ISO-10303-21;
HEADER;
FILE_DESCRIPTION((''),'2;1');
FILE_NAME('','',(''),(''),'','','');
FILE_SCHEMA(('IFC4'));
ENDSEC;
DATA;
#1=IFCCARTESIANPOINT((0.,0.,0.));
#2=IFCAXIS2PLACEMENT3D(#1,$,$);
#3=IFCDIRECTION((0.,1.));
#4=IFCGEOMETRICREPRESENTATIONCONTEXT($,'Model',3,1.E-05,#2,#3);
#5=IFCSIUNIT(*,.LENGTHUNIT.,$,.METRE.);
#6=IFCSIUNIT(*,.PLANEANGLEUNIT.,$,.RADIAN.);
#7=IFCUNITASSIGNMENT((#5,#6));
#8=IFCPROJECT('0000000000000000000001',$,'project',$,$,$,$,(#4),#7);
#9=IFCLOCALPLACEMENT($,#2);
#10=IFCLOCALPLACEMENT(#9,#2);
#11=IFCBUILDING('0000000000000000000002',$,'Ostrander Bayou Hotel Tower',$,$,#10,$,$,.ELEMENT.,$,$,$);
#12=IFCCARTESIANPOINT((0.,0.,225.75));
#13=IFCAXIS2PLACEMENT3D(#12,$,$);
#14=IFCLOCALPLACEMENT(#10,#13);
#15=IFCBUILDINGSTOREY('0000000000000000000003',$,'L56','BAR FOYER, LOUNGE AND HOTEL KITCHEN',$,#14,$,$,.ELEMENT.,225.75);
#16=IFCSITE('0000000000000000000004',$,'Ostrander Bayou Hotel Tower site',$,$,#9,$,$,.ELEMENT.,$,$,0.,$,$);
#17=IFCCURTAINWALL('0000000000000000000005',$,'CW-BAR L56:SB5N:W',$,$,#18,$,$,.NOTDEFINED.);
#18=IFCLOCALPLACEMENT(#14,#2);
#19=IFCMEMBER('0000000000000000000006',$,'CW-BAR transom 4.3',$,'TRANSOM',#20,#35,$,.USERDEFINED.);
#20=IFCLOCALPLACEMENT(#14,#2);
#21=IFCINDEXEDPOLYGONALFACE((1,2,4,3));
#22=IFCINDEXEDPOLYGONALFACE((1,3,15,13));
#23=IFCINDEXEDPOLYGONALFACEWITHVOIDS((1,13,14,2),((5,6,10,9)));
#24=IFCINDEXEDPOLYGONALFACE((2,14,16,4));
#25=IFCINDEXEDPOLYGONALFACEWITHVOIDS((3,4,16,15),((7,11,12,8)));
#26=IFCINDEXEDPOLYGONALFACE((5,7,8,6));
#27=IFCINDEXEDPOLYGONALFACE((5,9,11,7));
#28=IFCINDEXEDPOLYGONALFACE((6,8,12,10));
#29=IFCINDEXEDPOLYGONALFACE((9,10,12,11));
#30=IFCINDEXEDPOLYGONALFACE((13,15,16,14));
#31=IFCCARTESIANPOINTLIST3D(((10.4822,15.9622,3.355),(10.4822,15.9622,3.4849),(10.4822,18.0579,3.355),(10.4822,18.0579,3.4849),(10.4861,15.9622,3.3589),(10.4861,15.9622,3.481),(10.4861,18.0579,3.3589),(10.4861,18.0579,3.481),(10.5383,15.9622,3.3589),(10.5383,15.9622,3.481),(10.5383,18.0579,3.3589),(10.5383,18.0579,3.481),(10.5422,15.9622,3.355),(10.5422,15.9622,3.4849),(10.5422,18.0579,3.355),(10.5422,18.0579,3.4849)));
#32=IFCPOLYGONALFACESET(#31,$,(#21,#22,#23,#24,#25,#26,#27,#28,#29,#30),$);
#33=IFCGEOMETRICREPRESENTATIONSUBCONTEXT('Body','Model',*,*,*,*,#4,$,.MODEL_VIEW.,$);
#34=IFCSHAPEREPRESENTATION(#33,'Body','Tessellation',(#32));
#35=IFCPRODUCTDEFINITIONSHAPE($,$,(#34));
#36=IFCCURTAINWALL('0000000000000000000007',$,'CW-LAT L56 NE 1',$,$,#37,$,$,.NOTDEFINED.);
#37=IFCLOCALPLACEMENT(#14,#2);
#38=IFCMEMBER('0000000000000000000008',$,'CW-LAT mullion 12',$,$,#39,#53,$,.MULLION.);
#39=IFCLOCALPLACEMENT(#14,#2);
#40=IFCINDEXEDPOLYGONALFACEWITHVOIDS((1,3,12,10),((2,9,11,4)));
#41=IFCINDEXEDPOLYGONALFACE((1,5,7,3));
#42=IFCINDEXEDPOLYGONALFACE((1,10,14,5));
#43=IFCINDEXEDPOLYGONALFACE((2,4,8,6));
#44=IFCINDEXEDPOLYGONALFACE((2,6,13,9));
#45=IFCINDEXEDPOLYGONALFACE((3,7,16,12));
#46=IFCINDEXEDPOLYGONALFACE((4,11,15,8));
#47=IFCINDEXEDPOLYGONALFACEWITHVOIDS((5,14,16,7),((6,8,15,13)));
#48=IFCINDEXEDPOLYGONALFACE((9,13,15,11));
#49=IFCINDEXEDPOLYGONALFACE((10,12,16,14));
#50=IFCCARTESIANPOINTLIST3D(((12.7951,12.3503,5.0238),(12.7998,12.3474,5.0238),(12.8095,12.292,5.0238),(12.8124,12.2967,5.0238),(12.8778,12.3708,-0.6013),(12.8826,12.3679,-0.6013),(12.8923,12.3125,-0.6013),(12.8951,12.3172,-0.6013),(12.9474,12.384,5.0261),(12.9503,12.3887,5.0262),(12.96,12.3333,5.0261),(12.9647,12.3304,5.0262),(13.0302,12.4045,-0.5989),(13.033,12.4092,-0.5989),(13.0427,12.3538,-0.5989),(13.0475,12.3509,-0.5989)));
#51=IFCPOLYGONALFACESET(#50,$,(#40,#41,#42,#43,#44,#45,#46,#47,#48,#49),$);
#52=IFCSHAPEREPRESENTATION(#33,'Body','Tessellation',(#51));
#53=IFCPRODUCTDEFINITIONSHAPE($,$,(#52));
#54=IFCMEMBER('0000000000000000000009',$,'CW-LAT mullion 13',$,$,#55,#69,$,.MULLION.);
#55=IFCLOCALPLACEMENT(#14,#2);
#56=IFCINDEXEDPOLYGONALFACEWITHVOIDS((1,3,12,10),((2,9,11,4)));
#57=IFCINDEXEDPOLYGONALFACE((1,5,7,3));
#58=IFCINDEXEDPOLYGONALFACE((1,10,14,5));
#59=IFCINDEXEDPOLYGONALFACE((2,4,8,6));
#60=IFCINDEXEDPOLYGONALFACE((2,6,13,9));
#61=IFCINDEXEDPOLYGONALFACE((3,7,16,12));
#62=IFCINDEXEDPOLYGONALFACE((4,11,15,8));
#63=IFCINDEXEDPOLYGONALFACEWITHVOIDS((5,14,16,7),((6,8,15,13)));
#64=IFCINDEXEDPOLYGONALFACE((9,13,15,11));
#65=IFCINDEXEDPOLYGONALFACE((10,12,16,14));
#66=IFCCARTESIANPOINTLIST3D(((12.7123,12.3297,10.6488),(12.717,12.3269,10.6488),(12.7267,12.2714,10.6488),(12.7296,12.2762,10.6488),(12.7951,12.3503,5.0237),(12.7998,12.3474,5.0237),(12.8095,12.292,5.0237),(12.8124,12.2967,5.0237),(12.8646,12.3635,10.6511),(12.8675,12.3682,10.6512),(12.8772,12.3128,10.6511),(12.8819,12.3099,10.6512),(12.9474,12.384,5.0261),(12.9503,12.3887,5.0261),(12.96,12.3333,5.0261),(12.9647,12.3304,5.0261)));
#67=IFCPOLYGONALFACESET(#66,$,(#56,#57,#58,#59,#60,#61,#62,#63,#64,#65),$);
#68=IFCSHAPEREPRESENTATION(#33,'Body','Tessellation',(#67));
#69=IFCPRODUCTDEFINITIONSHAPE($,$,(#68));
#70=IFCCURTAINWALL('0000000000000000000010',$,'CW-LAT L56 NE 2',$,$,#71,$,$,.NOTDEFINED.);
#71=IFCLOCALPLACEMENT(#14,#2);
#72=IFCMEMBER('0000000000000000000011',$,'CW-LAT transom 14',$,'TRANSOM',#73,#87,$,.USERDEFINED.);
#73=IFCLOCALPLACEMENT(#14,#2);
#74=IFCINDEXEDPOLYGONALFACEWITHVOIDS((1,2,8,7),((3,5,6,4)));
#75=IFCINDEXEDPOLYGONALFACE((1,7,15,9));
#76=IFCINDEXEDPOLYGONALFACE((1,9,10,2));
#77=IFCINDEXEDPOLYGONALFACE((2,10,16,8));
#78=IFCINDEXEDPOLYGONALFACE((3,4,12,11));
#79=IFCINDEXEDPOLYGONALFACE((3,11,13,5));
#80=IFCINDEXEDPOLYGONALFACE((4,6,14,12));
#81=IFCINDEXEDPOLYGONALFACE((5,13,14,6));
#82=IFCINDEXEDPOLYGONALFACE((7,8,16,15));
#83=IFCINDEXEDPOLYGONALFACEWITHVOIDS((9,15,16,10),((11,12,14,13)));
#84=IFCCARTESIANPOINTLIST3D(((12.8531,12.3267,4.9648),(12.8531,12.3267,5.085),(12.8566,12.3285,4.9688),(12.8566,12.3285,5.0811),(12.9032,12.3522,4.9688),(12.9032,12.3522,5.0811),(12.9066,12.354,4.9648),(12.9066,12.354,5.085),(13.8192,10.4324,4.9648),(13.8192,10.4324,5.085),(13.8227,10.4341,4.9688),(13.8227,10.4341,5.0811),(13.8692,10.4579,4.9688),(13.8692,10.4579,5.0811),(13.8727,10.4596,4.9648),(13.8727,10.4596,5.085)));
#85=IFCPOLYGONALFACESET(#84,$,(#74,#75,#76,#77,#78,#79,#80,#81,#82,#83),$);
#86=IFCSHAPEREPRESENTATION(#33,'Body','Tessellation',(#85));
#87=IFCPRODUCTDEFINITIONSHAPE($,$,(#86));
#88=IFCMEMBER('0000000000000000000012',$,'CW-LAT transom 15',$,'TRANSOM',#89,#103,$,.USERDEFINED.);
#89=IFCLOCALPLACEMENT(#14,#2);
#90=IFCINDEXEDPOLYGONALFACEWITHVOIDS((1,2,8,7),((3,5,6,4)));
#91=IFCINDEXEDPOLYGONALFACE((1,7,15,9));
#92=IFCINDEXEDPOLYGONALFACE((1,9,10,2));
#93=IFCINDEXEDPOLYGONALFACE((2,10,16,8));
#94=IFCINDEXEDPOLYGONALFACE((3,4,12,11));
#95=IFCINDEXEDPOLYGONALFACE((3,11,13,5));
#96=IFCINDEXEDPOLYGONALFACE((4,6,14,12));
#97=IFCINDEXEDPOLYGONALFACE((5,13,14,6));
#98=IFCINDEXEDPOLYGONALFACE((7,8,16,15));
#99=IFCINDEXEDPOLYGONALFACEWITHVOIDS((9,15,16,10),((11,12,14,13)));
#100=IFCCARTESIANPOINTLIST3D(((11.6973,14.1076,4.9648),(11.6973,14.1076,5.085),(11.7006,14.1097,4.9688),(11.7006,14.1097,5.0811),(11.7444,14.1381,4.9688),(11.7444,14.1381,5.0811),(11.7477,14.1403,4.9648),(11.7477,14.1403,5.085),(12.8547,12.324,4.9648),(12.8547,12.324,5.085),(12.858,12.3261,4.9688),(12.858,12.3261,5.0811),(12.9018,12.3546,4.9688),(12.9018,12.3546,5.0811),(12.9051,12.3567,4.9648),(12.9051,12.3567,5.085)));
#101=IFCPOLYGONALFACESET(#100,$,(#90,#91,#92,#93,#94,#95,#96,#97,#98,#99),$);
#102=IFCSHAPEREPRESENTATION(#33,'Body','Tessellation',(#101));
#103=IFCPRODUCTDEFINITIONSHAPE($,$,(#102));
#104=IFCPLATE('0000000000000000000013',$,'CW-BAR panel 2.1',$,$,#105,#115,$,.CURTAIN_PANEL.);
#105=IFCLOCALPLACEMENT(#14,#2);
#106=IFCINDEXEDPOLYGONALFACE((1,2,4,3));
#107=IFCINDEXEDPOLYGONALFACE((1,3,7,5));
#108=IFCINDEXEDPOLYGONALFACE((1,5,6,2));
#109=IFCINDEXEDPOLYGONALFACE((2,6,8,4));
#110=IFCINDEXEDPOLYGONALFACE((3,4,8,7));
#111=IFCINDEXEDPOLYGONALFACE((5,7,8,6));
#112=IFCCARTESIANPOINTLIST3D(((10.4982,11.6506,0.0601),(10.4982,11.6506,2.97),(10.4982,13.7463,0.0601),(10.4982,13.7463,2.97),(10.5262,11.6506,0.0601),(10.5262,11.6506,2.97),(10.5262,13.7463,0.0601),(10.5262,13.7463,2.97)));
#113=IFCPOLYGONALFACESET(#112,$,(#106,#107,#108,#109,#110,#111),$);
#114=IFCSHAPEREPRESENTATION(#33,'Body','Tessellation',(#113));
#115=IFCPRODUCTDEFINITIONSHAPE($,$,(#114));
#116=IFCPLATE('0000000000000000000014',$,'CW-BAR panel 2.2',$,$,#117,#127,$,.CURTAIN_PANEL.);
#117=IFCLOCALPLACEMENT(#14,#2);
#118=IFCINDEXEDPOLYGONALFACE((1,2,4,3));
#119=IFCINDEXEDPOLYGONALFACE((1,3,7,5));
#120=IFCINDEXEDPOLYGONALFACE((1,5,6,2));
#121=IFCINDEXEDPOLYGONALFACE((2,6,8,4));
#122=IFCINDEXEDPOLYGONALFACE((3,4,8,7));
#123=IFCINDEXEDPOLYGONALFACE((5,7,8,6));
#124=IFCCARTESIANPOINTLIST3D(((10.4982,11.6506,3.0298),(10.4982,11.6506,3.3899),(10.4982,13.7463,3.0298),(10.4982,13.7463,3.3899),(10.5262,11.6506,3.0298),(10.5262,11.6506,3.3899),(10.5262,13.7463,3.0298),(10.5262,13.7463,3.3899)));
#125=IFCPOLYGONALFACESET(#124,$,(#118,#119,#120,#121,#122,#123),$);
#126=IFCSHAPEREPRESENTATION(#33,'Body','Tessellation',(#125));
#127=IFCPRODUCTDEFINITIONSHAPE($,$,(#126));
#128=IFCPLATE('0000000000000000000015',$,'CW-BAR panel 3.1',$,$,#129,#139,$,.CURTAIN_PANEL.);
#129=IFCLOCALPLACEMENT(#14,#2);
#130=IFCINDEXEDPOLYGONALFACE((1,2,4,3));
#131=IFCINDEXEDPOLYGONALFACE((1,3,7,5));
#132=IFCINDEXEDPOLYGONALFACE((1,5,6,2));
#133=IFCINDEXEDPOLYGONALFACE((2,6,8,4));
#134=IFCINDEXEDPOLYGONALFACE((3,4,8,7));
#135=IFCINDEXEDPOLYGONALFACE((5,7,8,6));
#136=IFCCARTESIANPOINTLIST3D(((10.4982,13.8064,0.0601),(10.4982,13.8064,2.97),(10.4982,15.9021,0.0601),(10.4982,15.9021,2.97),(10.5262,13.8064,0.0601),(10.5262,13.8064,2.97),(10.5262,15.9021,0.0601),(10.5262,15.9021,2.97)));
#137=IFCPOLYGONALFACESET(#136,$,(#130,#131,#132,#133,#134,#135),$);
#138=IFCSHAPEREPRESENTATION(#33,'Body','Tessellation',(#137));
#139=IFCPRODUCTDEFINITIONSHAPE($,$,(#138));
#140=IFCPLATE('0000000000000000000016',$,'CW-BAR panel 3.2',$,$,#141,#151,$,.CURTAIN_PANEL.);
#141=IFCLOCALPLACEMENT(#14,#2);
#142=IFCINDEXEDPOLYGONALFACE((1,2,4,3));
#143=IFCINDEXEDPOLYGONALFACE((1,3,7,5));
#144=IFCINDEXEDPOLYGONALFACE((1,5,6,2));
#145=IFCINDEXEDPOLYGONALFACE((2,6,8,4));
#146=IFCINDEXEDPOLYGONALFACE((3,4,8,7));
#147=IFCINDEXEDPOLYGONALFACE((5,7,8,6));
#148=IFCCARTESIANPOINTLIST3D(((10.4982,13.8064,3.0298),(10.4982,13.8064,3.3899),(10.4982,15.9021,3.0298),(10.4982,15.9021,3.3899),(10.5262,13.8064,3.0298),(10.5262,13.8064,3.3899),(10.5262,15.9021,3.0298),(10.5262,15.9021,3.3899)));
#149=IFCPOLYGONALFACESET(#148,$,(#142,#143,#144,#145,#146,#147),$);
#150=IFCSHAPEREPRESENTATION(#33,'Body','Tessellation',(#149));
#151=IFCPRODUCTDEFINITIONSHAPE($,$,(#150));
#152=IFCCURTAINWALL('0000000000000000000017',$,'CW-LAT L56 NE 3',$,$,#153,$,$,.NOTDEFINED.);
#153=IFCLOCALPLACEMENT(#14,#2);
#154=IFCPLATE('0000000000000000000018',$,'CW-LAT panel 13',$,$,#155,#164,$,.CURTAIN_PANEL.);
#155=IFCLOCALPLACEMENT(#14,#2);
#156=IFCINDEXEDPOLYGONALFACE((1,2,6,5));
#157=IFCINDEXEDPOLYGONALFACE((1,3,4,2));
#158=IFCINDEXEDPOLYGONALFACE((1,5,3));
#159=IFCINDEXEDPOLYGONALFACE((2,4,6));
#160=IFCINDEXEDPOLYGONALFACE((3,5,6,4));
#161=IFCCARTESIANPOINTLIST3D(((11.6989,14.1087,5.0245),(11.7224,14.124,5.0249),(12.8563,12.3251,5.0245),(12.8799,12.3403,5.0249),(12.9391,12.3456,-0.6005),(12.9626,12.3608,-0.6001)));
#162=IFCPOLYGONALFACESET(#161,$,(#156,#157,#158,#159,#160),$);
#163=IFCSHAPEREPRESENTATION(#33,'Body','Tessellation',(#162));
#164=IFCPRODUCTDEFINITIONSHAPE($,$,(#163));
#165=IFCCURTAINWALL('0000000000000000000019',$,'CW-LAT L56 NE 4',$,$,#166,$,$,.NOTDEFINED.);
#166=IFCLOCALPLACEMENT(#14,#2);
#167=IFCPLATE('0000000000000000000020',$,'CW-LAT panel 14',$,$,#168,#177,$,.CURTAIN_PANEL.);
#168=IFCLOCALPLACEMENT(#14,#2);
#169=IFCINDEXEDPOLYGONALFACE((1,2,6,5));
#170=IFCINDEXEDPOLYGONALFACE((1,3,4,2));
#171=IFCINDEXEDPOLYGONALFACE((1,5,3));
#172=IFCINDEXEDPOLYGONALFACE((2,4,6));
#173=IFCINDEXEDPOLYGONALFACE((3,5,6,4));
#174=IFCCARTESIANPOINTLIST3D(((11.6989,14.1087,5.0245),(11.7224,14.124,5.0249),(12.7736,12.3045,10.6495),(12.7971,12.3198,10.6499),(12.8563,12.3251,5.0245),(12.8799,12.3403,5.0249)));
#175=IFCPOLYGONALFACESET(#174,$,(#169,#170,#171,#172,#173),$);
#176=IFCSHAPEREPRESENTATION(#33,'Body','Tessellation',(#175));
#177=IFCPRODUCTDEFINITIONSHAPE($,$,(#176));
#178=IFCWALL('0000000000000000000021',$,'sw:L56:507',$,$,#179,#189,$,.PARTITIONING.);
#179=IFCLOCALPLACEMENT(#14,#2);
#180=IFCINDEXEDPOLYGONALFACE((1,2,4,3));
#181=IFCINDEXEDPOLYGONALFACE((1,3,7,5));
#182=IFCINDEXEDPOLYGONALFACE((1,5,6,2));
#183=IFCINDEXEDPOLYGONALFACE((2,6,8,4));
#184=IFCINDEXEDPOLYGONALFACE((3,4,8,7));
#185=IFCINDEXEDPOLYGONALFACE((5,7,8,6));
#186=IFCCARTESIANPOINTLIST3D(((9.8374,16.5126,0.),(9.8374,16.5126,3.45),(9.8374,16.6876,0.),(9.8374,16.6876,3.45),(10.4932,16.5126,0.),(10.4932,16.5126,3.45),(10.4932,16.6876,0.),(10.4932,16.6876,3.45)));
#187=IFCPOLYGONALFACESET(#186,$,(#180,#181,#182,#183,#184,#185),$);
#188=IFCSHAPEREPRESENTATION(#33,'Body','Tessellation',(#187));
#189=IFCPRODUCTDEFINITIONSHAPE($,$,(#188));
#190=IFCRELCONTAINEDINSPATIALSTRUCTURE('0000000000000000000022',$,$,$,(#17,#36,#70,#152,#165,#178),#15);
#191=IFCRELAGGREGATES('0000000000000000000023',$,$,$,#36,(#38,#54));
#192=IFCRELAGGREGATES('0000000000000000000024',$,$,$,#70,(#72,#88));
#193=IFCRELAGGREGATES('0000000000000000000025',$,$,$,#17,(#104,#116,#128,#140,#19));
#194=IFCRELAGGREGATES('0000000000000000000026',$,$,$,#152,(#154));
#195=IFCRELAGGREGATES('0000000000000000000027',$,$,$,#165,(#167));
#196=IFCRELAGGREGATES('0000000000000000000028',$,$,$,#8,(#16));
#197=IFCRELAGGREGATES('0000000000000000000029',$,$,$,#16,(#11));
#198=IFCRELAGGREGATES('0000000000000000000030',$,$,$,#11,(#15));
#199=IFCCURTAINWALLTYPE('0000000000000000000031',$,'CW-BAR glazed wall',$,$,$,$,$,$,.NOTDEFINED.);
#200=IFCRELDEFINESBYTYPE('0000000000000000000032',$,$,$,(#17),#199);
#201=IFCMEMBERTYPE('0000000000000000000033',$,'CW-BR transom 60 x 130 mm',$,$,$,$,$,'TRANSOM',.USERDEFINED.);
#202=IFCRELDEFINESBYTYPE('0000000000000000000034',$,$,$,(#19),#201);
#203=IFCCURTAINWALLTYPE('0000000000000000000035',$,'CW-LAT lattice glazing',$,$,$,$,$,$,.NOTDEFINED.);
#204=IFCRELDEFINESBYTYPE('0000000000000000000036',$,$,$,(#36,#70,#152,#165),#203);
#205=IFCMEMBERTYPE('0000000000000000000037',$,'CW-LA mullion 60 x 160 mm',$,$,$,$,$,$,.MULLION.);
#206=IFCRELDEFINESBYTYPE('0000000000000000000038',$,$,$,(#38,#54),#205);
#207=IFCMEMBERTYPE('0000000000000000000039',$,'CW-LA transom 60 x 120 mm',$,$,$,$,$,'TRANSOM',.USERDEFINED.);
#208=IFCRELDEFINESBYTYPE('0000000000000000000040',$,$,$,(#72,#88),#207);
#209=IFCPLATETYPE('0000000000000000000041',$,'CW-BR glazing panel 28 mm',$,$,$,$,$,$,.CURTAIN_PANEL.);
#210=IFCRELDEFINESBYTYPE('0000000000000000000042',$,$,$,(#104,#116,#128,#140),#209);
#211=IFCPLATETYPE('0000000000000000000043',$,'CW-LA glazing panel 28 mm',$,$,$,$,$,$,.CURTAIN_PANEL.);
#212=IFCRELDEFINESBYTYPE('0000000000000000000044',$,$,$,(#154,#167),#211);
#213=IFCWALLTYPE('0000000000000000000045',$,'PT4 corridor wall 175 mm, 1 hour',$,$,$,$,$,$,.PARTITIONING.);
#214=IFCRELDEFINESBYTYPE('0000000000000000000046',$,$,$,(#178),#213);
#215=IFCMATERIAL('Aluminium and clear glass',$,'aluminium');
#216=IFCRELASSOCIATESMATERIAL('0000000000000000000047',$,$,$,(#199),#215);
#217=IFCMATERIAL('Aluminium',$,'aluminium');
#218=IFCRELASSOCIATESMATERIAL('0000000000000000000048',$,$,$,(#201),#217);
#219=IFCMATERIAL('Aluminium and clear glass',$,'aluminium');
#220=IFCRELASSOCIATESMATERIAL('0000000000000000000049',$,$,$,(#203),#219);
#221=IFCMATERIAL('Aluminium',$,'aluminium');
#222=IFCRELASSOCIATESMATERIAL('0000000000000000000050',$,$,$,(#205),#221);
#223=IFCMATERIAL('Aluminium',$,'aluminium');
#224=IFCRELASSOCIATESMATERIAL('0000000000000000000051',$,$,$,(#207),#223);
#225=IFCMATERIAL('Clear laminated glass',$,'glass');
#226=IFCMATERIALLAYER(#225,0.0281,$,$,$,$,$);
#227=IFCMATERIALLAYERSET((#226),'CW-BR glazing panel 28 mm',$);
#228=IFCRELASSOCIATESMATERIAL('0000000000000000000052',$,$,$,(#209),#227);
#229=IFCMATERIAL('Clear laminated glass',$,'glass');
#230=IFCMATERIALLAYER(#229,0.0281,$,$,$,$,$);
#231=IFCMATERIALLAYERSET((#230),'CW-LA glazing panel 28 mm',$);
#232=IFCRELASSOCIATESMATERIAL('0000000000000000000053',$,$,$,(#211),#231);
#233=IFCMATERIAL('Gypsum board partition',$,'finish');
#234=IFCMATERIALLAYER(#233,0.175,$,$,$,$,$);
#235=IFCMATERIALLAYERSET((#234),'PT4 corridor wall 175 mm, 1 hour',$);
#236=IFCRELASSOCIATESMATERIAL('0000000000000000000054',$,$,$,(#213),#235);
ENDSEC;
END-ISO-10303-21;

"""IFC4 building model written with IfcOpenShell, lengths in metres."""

from ifc_helpers import new_model, si_unit, direction, frame, frame_2d, origin, origin_2d, place, context, subcontext, project, spatial, polyline, rectangle, hollow_rectangle, outline, extrude, material, layer, layer_set, material_profile, profile_set, type_object, element, aggregate, save


model = new_model("IFC4")

# Units and contexts
model_context = context("Model", 3, precision=1e-05, world=origin(), true_north=direction((0.0, 1.0)))
body_context = subcontext(model_context, "Body", "Model", "MODEL_VIEW")
ifc_project = project(units=[si_unit("LENGTHUNIT", "METRE"), si_unit("PLANEANGLEUNIT", "RADIAN")], contexts=[model_context])

# Site, building, storey
site_placement = place(None, origin())
site = spatial("IfcSite", under=ifc_project, at=site_placement, Name="Ostrander Bayou Hotel Tower site", CompositionType="ELEMENT", RefElevation=0.0)
building_placement = place(site_placement, origin())
building = spatial("IfcBuilding", under=site, at=building_placement, Name="Ostrander Bayou Hotel Tower", CompositionType="ELEMENT")
storey_placement = place(building_placement, frame((0.0, 0.0, 225.75)))
storey = spatial("IfcBuildingStorey", under=building, at=storey_placement, Name="L56", Description="BAR FOYER, LOUNGE AND HOTEL KITCHEN", CompositionType="ELEMENT", Elevation=225.75)

# Curtain walls, members
ifc_material_1 = material(Name="Aluminium and clear glass", Category="aluminium")
curtain_wall_type_1 = type_object("IfcCurtainWallType", Name="CW-BAR glazed wall", PredefinedType="NOTDEFINED", material=ifc_material_1)
curtain_wall_1_placement = place(storey_placement, origin())
curtain_wall_1 = element("IfcCurtainWall", 1, at=curtain_wall_1_placement, inside=storey, type_object=curtain_wall_type_1, Name="CW-BAR L56:SB5N:W", PredefinedType="NOTDEFINED")
ifc_material_2 = material(Name="Aluminium", Category="aluminium")
ifc_material_profile_1 = material_profile(ifc_material_2, hollow_rectangle(XDim=0.0601, YDim=0.1299, WallThickness=0.0039, at=origin_2d()))
ifc_profile_set_1 = profile_set([ifc_material_profile_1], Name="Aluminium")
member_type_1 = type_object("IfcMemberType", Name="CW-BR transom 60 x 130 mm", ElementType="TRANSOM", PredefinedType="USERDEFINED", material=ifc_profile_set_1)
member_1_placement = place(storey_placement, frame((10.5122, 15.9622, 3.4199), z_axis=(0.0, 1.0, 0.0), x_axis=(-1.0, 0.0, 0.0)))
member_1 = element("IfcMember", 2, at=member_1_placement, type_object=member_type_1, Name="CW-BAR transom 4.3", ObjectType="TRANSOM", PredefinedType="USERDEFINED", context=body_context, shape_type="SweptSolid", body=[
    extrude(hollow_rectangle(XDim=0.0601, YDim=0.1299, WallThickness=0.0039, at=origin_2d()), origin(), (0.0, 0.0, 1.0), 2.0957),
])
ifc_material_3 = material(Name="Aluminium and clear glass", Category="aluminium")
curtain_wall_type_2 = type_object("IfcCurtainWallType", Name="CW-LAT lattice glazing", PredefinedType="NOTDEFINED", material=ifc_material_3)
curtain_wall_2_placement = place(storey_placement, origin())
curtain_wall_2 = element("IfcCurtainWall", 3, at=curtain_wall_2_placement, inside=storey, type_object=curtain_wall_type_2, Name="CW-LAT L56 NE 1", PredefinedType="NOTDEFINED")
ifc_material_4 = material(Name="Aluminium", Category="aluminium")
ifc_material_profile_2 = material_profile(ifc_material_4, hollow_rectangle(XDim=0.0601, YDim=0.1599, WallThickness=0.0039, at=origin_2d()))
ifc_profile_set_2 = profile_set([ifc_material_profile_2], Name="Aluminium")
member_type_2 = type_object("IfcMemberType", Name="CW-LA mullion 60 x 160 mm", PredefinedType="MULLION", material=ifc_profile_set_2)
member_2_placement = place(storey_placement, frame((12.9626, 12.3608, -0.6001), z_axis=(-0.014712, -0.003645, 0.999885), x_axis=(0.240514, -0.970646, 0.0)))
member_2 = element("IfcMember", 4, at=member_2_placement, type_object=member_type_2, Name="CW-LAT mullion 12", PredefinedType="MULLION", context=body_context, shape_type="SweptSolid", body=[
    extrude(hollow_rectangle(XDim=0.0601, YDim=0.1599, WallThickness=0.0039, at=origin_2d()), origin(), (0.0, 0.0, 1.0), 5.6257),
])
member_3_placement = place(storey_placement, frame((12.8799, 12.3403, 5.0249), z_axis=(-0.014712, -0.003645, 0.999885), x_axis=(0.240514, -0.970646, 0.0)))
member_3 = element("IfcMember", 5, at=member_3_placement, type_object=member_type_2, Name="CW-LAT mullion 13", PredefinedType="MULLION", context=body_context, shape_type="SweptSolid", body=[
    extrude(hollow_rectangle(XDim=0.0601, YDim=0.1599, WallThickness=0.0039, at=origin_2d()), origin(), (0.0, 0.0, 1.0), 5.6257),
])
aggregate(curtain_wall_2, [member_2, member_3])
curtain_wall_3_placement = place(storey_placement, origin())
curtain_wall_3 = element("IfcCurtainWall", 6, at=curtain_wall_3_placement, inside=storey, type_object=curtain_wall_type_2, Name="CW-LAT L56 NE 2", PredefinedType="NOTDEFINED")
ifc_material_5 = material(Name="Aluminium", Category="aluminium")
ifc_material_profile_3 = material_profile(ifc_material_5, hollow_rectangle(XDim=0.0601, YDim=0.1201, WallThickness=0.0039, at=origin_2d()))
ifc_profile_set_3 = profile_set([ifc_material_profile_3], Name="Aluminium")
member_type_3 = type_object("IfcMemberType", Name="CW-LA transom 60 x 120 mm", ElementType="TRANSOM", PredefinedType="USERDEFINED", material=ifc_profile_set_3)
member_4_placement = place(storey_placement, frame((12.8799, 12.3403, 5.0249), z_axis=(0.454318, -0.89084, 0.0), x_axis=(0.89084, 0.454318, 0.0)))
member_4 = element("IfcMember", 7, at=member_4_placement, type_object=member_type_3, Name="CW-LAT transom 14", ObjectType="TRANSOM", PredefinedType="USERDEFINED", context=body_context, shape_type="SweptSolid", body=[
    extrude(hollow_rectangle(XDim=0.0601, YDim=0.1201, WallThickness=0.0039, at=origin_2d()), origin(), (0.0, 0.0, 1.0), 2.1265),
])
member_5_placement = place(storey_placement, frame((12.8799, 12.3403, 5.0249), z_axis=(-0.544351, 0.838858, 0.0), x_axis=(-0.838858, -0.544351, 0.0)))
member_5 = element("IfcMember", 8, at=member_5_placement, type_object=member_type_3, Name="CW-LAT transom 15", ObjectType="TRANSOM", PredefinedType="USERDEFINED", context=body_context, shape_type="SweptSolid", body=[
    extrude(hollow_rectangle(XDim=0.0601, YDim=0.1201, WallThickness=0.0039, at=origin_2d()), origin(), (0.0, 0.0, 1.0), 2.1262),
])
aggregate(curtain_wall_3, [member_4, member_5])

# Plates
ifc_material_6 = material(Name="Clear laminated glass", Category="glass")
ifc_layer_1 = layer(ifc_material_6, 0.0281)
ifc_layer_set_1 = layer_set([ifc_layer_1], Name="CW-BR glazing panel 28 mm")
plate_type_1 = type_object("IfcPlateType", Name="CW-BR glazing panel 28 mm", PredefinedType="CURTAIN_PANEL", material=ifc_layer_set_1)
plate_1_placement = place(storey_placement, frame((10.5122, 12.6985, 0.0601), z_axis=(0.0, 0.0, 1.0), x_axis=(0.0, 1.0, 0.0)))
plate_1 = element("IfcPlate", 9, at=plate_1_placement, type_object=plate_type_1, Name="CW-BAR panel 2.1", PredefinedType="CURTAIN_PANEL", context=body_context, shape_type="SweptSolid", body=[
    extrude(rectangle(XDim=2.0957, YDim=0.0281, at=origin_2d()), origin(), (0.0, 0.0, 1.0), 2.9099),
])
plate_2_placement = place(storey_placement, frame((10.5122, 12.6985, 3.0298), z_axis=(0.0, 0.0, 1.0), x_axis=(0.0, 1.0, 0.0)))
plate_2 = element("IfcPlate", 10, at=plate_2_placement, type_object=plate_type_1, Name="CW-BAR panel 2.2", PredefinedType="CURTAIN_PANEL", context=body_context, shape_type="SweptSolid", body=[
    extrude(rectangle(XDim=2.0957, YDim=0.0281, at=origin_2d()), origin(), (0.0, 0.0, 1.0), 0.3601),
])
plate_3_placement = place(storey_placement, frame((10.5122, 14.8542, 0.0601), z_axis=(0.0, 0.0, 1.0), x_axis=(0.0, 1.0, 0.0)))
plate_3 = element("IfcPlate", 11, at=plate_3_placement, type_object=plate_type_1, Name="CW-BAR panel 3.1", PredefinedType="CURTAIN_PANEL", context=body_context, shape_type="SweptSolid", body=[
    extrude(rectangle(XDim=2.0957, YDim=0.0281, at=origin_2d()), origin(), (0.0, 0.0, 1.0), 2.9099),
])
plate_4_placement = place(storey_placement, frame((10.5122, 14.8542, 3.0298), z_axis=(0.0, 0.0, 1.0), x_axis=(0.0, 1.0, 0.0)))
plate_4 = element("IfcPlate", 12, at=plate_4_placement, type_object=plate_type_1, Name="CW-BAR panel 3.2", PredefinedType="CURTAIN_PANEL", context=body_context, shape_type="SweptSolid", body=[
    extrude(rectangle(XDim=2.0957, YDim=0.0281, at=origin_2d()), origin(), (0.0, 0.0, 1.0), 0.3601),
])
aggregate(curtain_wall_1, [plate_1, plate_2, plate_3, plate_4, member_1])

# Curtain walls, plates
curtain_wall_4_placement = place(storey_placement, origin())
curtain_wall_4 = element("IfcCurtainWall", 13, at=curtain_wall_4_placement, inside=storey, type_object=curtain_wall_type_2, Name="CW-LAT L56 NE 3", PredefinedType="NOTDEFINED")
ifc_material_7 = material(Name="Clear laminated glass", Category="glass")
ifc_layer_2 = layer(ifc_material_7, 0.0281)
ifc_layer_set_2 = layer_set([ifc_layer_2], Name="CW-LA glazing panel 28 mm")
plate_type_2 = type_object("IfcPlateType", Name="CW-LA glazing panel 28 mm", PredefinedType="CURTAIN_PANEL", material=ifc_layer_set_2)
plate_5_placement = place(storey_placement, frame((11.7224, 14.124, 5.0249), z_axis=(0.838772, 0.544295, 0.014326), x_axis=(0.205885, -0.292697, -0.933777)))
plate_5 = element("IfcPlate", 14, at=plate_5_placement, type_object=plate_type_2, Name="CW-LAT panel 13", PredefinedType="CURTAIN_PANEL", context=body_context, shape_type="SweptSolid", body=[
    extrude(outline(polyline([(0.0, 0.0), (6.0239, 0.0), (0.7604, -1.9857), (0.0, 0.0)])), origin(), (0.0, 0.0, -1.0), 0.0281),
])
aggregate(curtain_wall_4, [plate_5])
curtain_wall_5_placement = place(storey_placement, origin())
curtain_wall_5 = element("IfcCurtainWall", 15, at=curtain_wall_5_placement, inside=storey, type_object=curtain_wall_type_2, Name="CW-LAT L56 NE 4", PredefinedType="NOTDEFINED")
plate_6_placement = place(storey_placement, frame((11.7224, 14.124, 5.0249), z_axis=(0.838772, 0.544295, 0.014326), x_axis=(0.178992, -0.300488, 0.93684)))
plate_6 = element("IfcPlate", 16, at=plate_6_placement, type_object=plate_type_2, Name="CW-LAT panel 14", PredefinedType="CURTAIN_PANEL", context=body_context, shape_type="SweptSolid", body=[
    extrude(outline(polyline([(0.0, 0.0), (6.0042, 0.0), (0.7432, 1.9922), (0.0, 0.0)])), origin(), (0.0, 0.0, -1.0), 0.0281),
])
aggregate(curtain_wall_5, [plate_6])

# Shared definitions
ifc_material_8 = material(Name="Gypsum board partition", Category="finish")
ifc_layer_3 = layer(ifc_material_8, 0.175)
ifc_layer_set_3 = layer_set([ifc_layer_3], Name="PT4 corridor wall 175 mm, 1 hour")
wall_type = type_object("IfcWallType", Name="PT4 corridor wall 175 mm, 1 hour", PredefinedType="PARTITIONING", material=ifc_layer_set_3)

# Wall
wall_1_placement = place(storey_placement, frame((9.8374, 16.6001, 0.0), z_axis=(0.0, 0.0, 1.0), x_axis=(1.0, 0.0, 0.0)))
element("IfcWall", 17, at=wall_1_placement, inside=storey, type_object=wall_type, Name="sw:L56:507", PredefinedType="PARTITIONING", context=body_context, shape_type="SweptSolid", body=[
    extrude(rectangle(XDim=0.6558, YDim=0.175, at=frame_2d((0.3279, 0.0))), origin(), (0.0, 0.0, 1.0), 3.45),
])

save(model, "model.ifc")
